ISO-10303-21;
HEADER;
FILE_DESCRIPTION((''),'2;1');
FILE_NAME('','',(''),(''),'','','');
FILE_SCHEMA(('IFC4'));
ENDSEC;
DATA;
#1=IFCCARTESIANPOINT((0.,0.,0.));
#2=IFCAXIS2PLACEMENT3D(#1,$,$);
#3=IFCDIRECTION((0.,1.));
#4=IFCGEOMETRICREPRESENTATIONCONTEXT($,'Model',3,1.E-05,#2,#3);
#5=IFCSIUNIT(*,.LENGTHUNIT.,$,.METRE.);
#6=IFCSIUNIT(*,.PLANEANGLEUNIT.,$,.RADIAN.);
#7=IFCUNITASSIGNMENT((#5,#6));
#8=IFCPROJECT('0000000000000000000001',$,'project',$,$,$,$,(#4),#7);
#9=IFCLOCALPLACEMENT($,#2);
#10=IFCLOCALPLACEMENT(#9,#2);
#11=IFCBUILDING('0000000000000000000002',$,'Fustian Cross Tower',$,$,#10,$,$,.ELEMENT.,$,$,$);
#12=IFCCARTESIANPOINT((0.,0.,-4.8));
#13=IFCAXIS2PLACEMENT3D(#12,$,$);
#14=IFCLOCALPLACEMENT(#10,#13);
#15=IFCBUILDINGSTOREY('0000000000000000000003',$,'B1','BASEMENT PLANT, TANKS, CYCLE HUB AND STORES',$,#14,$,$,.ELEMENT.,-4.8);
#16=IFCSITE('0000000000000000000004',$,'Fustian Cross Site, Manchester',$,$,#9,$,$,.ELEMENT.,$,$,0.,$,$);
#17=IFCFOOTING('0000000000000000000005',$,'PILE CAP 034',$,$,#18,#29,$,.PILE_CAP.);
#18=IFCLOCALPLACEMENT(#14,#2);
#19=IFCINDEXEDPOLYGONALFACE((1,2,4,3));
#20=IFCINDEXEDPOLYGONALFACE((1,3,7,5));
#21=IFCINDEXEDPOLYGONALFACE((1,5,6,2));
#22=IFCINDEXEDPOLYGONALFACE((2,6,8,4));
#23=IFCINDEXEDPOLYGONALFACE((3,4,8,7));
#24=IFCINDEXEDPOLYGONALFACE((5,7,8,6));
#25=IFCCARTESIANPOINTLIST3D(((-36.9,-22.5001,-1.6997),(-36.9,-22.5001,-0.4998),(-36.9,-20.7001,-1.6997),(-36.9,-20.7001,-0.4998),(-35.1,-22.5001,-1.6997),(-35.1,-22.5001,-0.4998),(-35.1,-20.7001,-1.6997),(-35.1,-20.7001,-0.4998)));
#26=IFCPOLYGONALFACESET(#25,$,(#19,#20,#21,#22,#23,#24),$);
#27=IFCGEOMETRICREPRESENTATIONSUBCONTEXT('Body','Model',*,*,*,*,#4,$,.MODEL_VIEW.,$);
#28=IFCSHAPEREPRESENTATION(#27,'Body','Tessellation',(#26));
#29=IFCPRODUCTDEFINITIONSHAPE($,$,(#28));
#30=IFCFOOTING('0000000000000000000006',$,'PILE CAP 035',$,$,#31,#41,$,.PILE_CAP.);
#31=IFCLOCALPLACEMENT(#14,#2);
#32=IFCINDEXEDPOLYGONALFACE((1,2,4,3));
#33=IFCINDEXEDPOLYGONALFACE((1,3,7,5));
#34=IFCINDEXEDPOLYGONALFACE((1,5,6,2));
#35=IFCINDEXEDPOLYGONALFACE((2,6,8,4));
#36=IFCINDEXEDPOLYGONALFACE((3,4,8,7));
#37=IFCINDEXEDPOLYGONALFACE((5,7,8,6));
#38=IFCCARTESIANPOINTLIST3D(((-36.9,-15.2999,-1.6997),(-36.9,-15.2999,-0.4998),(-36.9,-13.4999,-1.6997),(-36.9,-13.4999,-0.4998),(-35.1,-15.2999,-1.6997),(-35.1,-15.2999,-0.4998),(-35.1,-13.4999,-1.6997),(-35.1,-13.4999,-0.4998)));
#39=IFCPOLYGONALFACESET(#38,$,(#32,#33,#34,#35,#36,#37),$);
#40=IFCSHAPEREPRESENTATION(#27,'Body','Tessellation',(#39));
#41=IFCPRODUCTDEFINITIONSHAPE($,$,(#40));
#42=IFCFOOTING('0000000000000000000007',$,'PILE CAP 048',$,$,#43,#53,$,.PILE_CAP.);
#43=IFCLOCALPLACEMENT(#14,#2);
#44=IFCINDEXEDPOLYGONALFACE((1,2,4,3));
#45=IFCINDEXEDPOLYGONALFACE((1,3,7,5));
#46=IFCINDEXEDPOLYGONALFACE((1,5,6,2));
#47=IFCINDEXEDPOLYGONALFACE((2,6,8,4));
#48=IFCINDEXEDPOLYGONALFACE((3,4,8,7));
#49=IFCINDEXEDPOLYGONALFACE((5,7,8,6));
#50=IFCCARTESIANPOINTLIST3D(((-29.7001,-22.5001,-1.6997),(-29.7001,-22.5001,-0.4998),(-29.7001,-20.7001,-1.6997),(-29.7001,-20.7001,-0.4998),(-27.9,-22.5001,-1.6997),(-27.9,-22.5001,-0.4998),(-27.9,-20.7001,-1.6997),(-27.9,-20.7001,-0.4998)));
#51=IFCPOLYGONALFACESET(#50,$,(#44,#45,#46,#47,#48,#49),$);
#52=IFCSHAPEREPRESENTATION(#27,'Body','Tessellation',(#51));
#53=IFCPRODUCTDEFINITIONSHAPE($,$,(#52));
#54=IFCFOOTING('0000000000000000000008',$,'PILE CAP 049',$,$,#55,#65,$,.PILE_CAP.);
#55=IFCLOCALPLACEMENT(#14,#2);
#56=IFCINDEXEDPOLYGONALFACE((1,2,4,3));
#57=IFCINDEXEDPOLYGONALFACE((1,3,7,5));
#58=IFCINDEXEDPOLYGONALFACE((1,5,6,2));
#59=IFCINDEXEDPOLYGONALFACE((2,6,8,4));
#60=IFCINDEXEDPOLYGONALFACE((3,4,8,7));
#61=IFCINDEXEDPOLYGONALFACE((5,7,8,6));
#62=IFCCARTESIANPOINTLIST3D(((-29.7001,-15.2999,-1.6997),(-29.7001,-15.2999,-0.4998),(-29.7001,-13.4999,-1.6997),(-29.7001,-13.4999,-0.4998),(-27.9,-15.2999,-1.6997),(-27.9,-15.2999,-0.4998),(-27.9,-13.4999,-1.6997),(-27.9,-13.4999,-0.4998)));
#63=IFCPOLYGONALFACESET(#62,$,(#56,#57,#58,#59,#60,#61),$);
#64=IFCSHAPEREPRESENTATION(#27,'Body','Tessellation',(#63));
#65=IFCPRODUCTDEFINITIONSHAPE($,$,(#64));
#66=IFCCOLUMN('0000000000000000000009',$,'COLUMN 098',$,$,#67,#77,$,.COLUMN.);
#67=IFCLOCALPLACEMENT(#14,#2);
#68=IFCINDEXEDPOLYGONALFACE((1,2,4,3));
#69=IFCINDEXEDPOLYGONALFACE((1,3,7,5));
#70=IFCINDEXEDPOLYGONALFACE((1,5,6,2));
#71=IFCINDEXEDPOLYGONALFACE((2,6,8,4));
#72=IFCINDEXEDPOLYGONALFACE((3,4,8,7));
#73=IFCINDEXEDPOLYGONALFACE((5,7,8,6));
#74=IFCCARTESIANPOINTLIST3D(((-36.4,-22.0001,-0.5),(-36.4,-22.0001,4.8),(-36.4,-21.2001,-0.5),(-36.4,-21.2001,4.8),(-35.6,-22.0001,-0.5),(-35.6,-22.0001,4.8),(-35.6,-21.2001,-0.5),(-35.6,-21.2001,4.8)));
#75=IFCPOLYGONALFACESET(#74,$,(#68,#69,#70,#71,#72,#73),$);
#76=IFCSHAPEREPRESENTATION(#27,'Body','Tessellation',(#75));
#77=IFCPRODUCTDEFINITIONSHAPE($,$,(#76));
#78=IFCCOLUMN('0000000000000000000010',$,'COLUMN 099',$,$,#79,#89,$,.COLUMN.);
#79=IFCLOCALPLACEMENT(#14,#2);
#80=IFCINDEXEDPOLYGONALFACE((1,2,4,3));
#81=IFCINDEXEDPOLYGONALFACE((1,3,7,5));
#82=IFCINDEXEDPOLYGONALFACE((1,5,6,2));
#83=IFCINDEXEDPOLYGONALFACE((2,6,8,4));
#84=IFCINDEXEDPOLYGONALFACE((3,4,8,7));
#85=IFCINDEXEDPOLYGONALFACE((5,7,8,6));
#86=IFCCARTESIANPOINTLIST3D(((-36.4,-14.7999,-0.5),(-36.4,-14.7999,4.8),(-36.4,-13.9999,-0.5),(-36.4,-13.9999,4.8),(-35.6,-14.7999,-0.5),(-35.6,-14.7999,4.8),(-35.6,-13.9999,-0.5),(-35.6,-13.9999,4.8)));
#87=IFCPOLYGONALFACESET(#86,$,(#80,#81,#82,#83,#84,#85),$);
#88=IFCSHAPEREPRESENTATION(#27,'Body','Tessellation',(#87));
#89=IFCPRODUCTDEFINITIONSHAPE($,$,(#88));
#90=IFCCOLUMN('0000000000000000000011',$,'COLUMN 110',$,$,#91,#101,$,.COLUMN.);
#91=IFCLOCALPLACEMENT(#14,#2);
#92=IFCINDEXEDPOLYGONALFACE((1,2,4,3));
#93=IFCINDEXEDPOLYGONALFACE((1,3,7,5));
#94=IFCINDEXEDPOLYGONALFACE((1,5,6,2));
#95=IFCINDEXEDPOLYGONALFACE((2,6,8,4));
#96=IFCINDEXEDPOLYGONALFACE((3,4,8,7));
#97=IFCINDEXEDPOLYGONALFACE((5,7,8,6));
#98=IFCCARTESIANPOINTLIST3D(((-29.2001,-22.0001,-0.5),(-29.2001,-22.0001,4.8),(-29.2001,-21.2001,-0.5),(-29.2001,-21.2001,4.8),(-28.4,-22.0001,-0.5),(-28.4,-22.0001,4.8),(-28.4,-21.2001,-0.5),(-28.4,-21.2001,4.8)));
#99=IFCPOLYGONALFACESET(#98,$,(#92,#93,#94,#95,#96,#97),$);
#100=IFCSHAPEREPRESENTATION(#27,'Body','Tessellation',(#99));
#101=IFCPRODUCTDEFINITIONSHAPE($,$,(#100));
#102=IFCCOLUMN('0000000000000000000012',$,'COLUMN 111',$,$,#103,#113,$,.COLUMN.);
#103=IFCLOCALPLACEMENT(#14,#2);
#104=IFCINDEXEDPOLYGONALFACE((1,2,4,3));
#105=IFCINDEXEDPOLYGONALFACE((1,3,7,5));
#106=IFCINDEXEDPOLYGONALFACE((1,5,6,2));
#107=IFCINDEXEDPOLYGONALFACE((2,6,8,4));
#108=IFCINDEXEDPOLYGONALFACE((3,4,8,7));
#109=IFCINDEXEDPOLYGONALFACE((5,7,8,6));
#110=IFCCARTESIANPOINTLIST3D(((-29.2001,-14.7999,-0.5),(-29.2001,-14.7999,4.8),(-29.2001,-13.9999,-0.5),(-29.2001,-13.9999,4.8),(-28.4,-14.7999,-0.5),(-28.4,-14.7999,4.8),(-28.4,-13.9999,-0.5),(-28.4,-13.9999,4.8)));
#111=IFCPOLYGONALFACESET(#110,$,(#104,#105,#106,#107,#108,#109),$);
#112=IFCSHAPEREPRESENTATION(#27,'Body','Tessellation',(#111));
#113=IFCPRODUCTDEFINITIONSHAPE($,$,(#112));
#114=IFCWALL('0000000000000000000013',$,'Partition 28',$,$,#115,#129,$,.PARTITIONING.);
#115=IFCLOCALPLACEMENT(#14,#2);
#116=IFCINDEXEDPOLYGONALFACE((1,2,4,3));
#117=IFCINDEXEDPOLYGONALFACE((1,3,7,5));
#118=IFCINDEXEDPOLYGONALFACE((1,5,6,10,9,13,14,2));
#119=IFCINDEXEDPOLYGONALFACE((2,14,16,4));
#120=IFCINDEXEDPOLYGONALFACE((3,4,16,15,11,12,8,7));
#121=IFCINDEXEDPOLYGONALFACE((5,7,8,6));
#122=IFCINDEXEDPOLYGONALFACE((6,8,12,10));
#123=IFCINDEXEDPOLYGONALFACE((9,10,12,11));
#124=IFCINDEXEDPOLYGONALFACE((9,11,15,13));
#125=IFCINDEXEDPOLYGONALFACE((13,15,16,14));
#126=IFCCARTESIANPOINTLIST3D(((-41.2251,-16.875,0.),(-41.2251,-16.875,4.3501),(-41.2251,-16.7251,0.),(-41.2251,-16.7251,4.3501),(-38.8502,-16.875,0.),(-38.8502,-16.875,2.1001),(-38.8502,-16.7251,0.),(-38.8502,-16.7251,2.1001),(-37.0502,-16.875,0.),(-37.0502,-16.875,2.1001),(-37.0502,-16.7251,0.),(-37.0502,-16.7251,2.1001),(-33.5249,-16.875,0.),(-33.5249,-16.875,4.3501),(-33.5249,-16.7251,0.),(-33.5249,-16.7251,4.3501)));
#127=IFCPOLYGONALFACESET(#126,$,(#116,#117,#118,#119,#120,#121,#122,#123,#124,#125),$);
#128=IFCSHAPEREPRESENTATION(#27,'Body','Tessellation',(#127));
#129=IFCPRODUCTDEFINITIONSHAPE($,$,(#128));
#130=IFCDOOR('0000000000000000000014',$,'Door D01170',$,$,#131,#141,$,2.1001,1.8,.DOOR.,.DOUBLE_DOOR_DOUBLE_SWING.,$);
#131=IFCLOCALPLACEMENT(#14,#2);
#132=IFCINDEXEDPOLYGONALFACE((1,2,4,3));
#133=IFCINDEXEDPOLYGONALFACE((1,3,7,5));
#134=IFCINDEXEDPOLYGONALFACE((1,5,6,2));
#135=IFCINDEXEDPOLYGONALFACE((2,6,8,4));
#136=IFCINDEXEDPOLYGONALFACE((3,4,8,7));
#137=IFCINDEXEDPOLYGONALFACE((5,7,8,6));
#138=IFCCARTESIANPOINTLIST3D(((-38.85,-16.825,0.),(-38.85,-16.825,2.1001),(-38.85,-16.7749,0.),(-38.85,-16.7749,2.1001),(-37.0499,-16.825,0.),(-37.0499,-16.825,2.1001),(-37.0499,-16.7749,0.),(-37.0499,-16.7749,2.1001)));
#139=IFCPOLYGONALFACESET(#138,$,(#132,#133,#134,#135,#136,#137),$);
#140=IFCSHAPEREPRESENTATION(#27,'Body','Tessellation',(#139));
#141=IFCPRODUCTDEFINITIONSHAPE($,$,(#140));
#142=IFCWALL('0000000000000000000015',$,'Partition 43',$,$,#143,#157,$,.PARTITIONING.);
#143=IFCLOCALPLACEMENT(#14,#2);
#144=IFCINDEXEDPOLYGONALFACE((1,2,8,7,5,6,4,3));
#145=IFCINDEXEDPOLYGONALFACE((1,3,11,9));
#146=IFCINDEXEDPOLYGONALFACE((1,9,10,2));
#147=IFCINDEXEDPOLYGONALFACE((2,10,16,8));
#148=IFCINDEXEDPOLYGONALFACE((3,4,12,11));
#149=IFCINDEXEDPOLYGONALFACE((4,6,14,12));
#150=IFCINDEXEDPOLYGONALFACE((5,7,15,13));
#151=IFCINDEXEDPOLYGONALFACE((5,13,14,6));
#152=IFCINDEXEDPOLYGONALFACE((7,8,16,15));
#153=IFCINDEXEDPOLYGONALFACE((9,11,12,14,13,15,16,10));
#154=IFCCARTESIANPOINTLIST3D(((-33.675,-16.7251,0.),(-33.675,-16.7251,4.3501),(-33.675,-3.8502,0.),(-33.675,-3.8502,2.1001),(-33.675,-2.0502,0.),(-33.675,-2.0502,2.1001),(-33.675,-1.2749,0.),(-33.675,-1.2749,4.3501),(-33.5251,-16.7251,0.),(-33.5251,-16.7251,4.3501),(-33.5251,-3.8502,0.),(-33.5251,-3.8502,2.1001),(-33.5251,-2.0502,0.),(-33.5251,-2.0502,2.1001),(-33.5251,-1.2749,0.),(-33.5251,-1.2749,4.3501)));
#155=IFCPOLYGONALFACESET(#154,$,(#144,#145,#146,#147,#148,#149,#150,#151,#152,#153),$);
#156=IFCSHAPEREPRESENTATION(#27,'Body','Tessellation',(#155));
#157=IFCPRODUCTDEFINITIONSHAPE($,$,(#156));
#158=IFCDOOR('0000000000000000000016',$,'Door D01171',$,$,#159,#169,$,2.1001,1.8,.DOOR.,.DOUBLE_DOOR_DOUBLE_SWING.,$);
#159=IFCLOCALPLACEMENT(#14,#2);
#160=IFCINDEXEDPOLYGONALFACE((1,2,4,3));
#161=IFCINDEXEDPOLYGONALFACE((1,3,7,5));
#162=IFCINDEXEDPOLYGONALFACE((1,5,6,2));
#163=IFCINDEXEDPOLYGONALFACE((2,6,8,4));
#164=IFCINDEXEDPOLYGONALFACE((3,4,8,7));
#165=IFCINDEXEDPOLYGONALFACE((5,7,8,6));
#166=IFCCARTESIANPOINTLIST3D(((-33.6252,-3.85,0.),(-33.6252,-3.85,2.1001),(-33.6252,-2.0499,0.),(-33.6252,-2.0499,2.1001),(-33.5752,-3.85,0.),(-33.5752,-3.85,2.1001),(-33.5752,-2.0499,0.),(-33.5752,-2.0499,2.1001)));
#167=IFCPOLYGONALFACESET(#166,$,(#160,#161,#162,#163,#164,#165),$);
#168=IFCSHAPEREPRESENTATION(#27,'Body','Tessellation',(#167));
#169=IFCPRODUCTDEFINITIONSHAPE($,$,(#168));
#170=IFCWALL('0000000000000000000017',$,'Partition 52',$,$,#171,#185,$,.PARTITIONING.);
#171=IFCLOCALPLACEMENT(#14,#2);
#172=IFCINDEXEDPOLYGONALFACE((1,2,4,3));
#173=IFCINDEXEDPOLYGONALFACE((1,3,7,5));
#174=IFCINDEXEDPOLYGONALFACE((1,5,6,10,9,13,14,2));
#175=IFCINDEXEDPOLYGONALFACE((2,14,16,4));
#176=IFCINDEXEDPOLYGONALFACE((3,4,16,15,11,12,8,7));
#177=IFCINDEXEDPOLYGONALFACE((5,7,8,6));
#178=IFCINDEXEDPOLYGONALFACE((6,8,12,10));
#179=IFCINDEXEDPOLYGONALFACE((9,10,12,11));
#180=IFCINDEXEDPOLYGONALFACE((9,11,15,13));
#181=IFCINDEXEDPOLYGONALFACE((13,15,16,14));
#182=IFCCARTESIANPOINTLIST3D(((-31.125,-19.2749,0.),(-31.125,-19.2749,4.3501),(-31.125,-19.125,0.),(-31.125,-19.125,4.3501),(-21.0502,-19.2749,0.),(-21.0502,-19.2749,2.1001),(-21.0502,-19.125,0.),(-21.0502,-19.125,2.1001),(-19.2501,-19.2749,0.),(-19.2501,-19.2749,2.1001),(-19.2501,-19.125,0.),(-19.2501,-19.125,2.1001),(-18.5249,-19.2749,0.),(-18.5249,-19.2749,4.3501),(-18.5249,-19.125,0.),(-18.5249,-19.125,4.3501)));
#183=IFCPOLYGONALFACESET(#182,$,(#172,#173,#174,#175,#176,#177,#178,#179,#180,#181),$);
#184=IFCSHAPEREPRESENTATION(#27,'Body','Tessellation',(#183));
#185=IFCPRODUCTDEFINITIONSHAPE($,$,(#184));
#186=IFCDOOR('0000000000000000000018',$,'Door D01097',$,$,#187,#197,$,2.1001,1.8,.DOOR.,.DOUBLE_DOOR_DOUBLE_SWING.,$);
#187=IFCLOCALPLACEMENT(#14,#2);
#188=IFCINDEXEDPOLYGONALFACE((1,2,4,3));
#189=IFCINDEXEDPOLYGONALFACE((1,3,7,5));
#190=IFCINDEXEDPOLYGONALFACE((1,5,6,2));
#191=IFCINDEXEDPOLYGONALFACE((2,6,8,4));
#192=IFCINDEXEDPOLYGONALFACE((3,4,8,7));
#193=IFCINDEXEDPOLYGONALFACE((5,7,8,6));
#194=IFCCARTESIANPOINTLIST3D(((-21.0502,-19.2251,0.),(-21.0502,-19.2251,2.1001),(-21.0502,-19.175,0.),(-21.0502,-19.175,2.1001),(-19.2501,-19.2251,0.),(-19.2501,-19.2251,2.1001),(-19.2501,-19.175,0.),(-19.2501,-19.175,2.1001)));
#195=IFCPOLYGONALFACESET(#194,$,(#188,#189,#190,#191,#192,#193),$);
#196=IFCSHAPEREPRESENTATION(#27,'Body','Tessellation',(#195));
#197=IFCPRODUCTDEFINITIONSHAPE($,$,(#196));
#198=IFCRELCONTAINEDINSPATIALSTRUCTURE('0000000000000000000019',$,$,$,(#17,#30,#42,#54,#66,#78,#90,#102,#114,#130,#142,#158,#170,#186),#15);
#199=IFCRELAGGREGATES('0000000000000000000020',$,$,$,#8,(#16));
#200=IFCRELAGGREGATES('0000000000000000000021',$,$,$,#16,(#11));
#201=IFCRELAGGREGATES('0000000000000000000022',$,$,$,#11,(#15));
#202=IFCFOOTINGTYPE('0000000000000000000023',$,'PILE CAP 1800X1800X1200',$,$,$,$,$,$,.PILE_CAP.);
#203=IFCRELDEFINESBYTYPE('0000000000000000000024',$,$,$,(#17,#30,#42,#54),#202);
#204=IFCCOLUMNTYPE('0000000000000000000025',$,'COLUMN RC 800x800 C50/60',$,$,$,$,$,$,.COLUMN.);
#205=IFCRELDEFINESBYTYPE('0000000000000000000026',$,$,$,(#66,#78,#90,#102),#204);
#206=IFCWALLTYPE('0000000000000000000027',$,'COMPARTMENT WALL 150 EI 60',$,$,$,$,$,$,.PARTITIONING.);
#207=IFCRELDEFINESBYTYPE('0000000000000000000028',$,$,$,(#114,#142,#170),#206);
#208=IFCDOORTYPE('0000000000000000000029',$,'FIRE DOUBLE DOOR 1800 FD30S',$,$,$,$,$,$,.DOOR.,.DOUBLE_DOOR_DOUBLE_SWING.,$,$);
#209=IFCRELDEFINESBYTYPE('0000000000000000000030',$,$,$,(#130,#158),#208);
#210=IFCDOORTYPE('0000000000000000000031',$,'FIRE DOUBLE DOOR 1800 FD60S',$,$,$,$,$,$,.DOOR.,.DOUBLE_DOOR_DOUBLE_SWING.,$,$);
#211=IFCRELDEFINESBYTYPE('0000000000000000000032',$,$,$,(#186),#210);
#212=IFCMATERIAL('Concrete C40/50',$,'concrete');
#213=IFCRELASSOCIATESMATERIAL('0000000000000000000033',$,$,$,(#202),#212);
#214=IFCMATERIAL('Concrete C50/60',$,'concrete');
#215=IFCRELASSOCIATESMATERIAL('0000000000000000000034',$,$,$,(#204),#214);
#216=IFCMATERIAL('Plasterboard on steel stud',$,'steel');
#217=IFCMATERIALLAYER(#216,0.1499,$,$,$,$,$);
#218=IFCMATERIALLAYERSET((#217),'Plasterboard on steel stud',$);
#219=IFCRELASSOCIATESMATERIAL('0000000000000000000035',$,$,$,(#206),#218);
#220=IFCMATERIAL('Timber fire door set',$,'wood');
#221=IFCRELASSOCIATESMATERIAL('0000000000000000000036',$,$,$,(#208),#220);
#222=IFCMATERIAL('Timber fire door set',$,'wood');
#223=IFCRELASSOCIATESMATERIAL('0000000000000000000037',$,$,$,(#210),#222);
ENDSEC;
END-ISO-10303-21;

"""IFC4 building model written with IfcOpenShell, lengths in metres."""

from ifc_helpers import new_model, si_unit, direction, frame, frame_2d, origin, origin_2d, place, context, subcontext, project, spatial, rectangle, extrude, material, layer, layer_set, material_profile, profile_set, type_object, element, fill, save


model = new_model("IFC4")

# Units and contexts
model_context = context("Model", 3, precision=1e-05, world=origin(), true_north=direction((0.0, 1.0)))
body_context = subcontext(model_context, "Body", "Model", "MODEL_VIEW")
ifc_project = project(units=[si_unit("LENGTHUNIT", "METRE"), si_unit("PLANEANGLEUNIT", "RADIAN")], contexts=[model_context])

# Site, building, storey
site_placement = place(None, origin())
site = spatial("IfcSite", under=ifc_project, at=site_placement, Name="Fustian Cross Site, Manchester", CompositionType="ELEMENT", RefElevation=0.0)
building_placement = place(site_placement, origin())
building = spatial("IfcBuilding", under=site, at=building_placement, Name="Fustian Cross Tower", CompositionType="ELEMENT")
storey_placement = place(building_placement, frame((0.0, 0.0, -4.8)))
storey = spatial("IfcBuildingStorey", under=building, at=storey_placement, Name="B1", Description="BASEMENT PLANT, TANKS, CYCLE HUB AND STORES", CompositionType="ELEMENT", Elevation=-4.8)

# Footings
ifc_material_1 = material(Name="Concrete C40/50", Category="concrete")
footing_type = type_object("IfcFootingType", Name="PILE CAP 1800X1800X1200", PredefinedType="PILE_CAP", material=ifc_material_1)
for number, where, z_axis, x_axis, name in (
    (1, (-36.0, -21.6001, -1.6997), (0.0, 0.0, 1.0), (1.0, 0.0, 0.0), "PILE CAP 034"),
    (2, (-36.0, -14.3999, -1.6997), (0.0, 0.0, 1.0), (1.0, 0.0, 0.0), "PILE CAP 035"),
    (3, (-28.8, -21.6001, -1.6997), (0.0, 0.0, 1.0), (1.0, 0.0, 0.0), "PILE CAP 048"),
    (4, (-28.8, -14.3999, -1.6997), (0.0, 0.0, 1.0), (1.0, 0.0, 0.0), "PILE CAP 049"),
):
    element("IfcFooting", number, at=place(storey_placement, frame(where, z_axis=z_axis, x_axis=x_axis)), inside=storey, type_object=footing_type, Name=name, PredefinedType="PILE_CAP", context=body_context, shape_type="SweptSolid", body=[
        extrude(rectangle(XDim=1.8, YDim=1.8, at=origin_2d()), origin(), (0.0, 0.0, 1.0), 1.2),
    ])

# Columns
ifc_material_2 = material(Name="Concrete C50/60", Category="concrete")
ifc_material_profile_1 = material_profile(ifc_material_2, rectangle(XDim=0.8, YDim=0.8, at=origin_2d()), Name="RC 800x800")
ifc_profile_set_1 = profile_set([ifc_material_profile_1], Name="Concrete C50/60")
column_type = type_object("IfcColumnType", Name="COLUMN RC 800x800 C50/60", PredefinedType="COLUMN", material=ifc_profile_set_1)
for number, where, z_axis, x_axis, name in (
    (5, (-36.0, -21.6001, -0.5), (0.0, 0.0, 1.0), (1.0, 0.0, 0.0), "COLUMN 098"),
    (6, (-36.0, -14.3999, -0.5), (0.0, 0.0, 1.0), (1.0, 0.0, 0.0), "COLUMN 099"),
    (7, (-28.8, -21.6001, -0.5), (0.0, 0.0, 1.0), (1.0, 0.0, 0.0), "COLUMN 110"),
    (8, (-28.8, -14.3999, -0.5), (0.0, 0.0, 1.0), (1.0, 0.0, 0.0), "COLUMN 111"),
):
    element("IfcColumn", number, at=place(storey_placement, frame(where, z_axis=z_axis, x_axis=x_axis)), inside=storey, type_object=column_type, Name=name, PredefinedType="COLUMN", context=body_context, shape_type="SweptSolid", body=[
        extrude(rectangle(XDim=0.8, YDim=0.8, at=origin_2d()), origin(), (0.0, 0.0, 1.0), 5.3),
    ])

# Walls, openings, doors
ifc_material_3 = material(Name="Plasterboard on steel stud", Category="steel")
ifc_layer = layer(ifc_material_3, 0.1499)
ifc_layer_set = layer_set([ifc_layer], Name="Plasterboard on steel stud")
wall_type = type_object("IfcWallType", Name="COMPARTMENT WALL 150 EI 60", PredefinedType="PARTITIONING", material=ifc_layer_set)
wall_1_placement = place(storey_placement, frame((-41.2251, -16.8, 0.0), z_axis=(0.0, 0.0, 1.0), x_axis=(1.0, 0.0, 0.0)))
wall_1 = element("IfcWall", 9, at=wall_1_placement, inside=storey, type_object=wall_type, Name="Partition 28", PredefinedType="PARTITIONING", context=body_context, shape_type="SweptSolid", body=[
    extrude(rectangle(XDim=7.7002, YDim=0.1499, at=frame_2d((3.8501, 0.0))), origin(), (0.0, 0.0, 1.0), 4.3501),
])
opening_1_placement = place(wall_1_placement, frame((2.375, 0.0, 0.0)))
opening_1 = element("IfcOpeningElement", 10, at=opening_1_placement, cuts=wall_1, PredefinedType="OPENING", context=body_context, shape_type="SweptSolid", body=[
    extrude(rectangle(XDim=1.8, YDim=2.1001, at=frame_2d((0.8999, 1.05))), frame((0.0, 0.085, 0.0), z_axis=(0.0, -1.0, 0.0), x_axis=(1.0, 0.0, 0.0)), (0.0, 0.0, 1.0), 0.1699),
])
ifc_material_4 = material(Name="Timber fire door set", Category="wood")
door_type_1 = type_object("IfcDoorType", Name="FIRE DOUBLE DOOR 1800 FD30S", OperationType="DOUBLE_DOOR_DOUBLE_SWING", PredefinedType="DOOR", material=ifc_material_4)
door_1_placement = place(opening_1_placement, frame((1.8, 0.0, 0.0), z_axis=(0.0, 0.0, 1.0), x_axis=(-1.0, 0.0, 0.0)))
door_1 = element("IfcDoor", 11, at=door_1_placement, inside=storey, type_object=door_type_1, Name="Door D01170", OperationType="DOUBLE_DOOR_DOUBLE_SWING", OverallHeight=2.1001, OverallWidth=1.8, PredefinedType="DOOR", context=body_context, shape_type="SweptSolid", body=[
    extrude(rectangle(XDim=1.8, YDim=2.1001, at=frame_2d((0.8999, 1.05))), frame((0.0, 0.0249, 0.0), z_axis=(0.0, -1.0, 0.0), x_axis=(1.0, 0.0, 0.0)), (0.0, 0.0, 1.0), 0.05),
])
fill(opening_1, door_1)
wall_2_placement = place(storey_placement, frame((-33.6001, -16.7251, 0.0), z_axis=(0.0, 0.0, 1.0), x_axis=(0.0, 1.0, 0.0)))
wall_2 = element("IfcWall", 12, at=wall_2_placement, inside=storey, type_object=wall_type, Name="Partition 43", PredefinedType="PARTITIONING", context=body_context, shape_type="SweptSolid", body=[
    extrude(rectangle(XDim=15.4502, YDim=0.1499, at=frame_2d((7.7251, 0.0))), origin(), (0.0, 0.0, 1.0), 4.3501),
])
opening_2_placement = place(wall_2_placement, frame((12.875, 0.0, 0.0)))
opening_2 = element("IfcOpeningElement", 13, at=opening_2_placement, cuts=wall_2, PredefinedType="OPENING", context=body_context, shape_type="SweptSolid", body=[
    extrude(rectangle(XDim=1.8, YDim=2.1001, at=frame_2d((0.8999, 1.05))), frame((0.0, 0.085, 0.0), z_axis=(0.0, -1.0, 0.0), x_axis=(1.0, 0.0, 0.0)), (0.0, 0.0, 1.0), 0.1699),
])
door_2_placement = place(opening_2_placement, frame((1.8, 0.0, 0.0), z_axis=(0.0, 0.0, 1.0), x_axis=(-1.0, 0.0, 0.0)))
door_2 = element("IfcDoor", 14, at=door_2_placement, inside=storey, type_object=door_type_1, Name="Door D01171", OperationType="DOUBLE_DOOR_DOUBLE_SWING", OverallHeight=2.1001, OverallWidth=1.8, PredefinedType="DOOR", context=body_context, shape_type="SweptSolid", body=[
    extrude(rectangle(XDim=1.8, YDim=2.1001, at=frame_2d((0.8999, 1.05))), frame((0.0, 0.0249, 0.0), z_axis=(0.0, -1.0, 0.0), x_axis=(1.0, 0.0, 0.0)), (0.0, 0.0, 1.0), 0.05),
])
fill(opening_2, door_2)
wall_3_placement = place(storey_placement, frame((-31.125, -19.2, 0.0), z_axis=(0.0, 0.0, 1.0), x_axis=(1.0, 0.0, 0.0)))
wall_3 = element("IfcWall", 15, at=wall_3_placement, inside=storey, type_object=wall_type, Name="Partition 52", PredefinedType="PARTITIONING", context=body_context, shape_type="SweptSolid", body=[
    extrude(rectangle(XDim=12.6001, YDim=0.1499, at=frame_2d((6.3, 0.0))), origin(), (0.0, 0.0, 1.0), 4.3501),
])
opening_3_placement = place(wall_3_placement, frame((10.075, 0.0, 0.0)))
opening_3 = element("IfcOpeningElement", 16, at=opening_3_placement, cuts=wall_3, PredefinedType="OPENING", context=body_context, shape_type="SweptSolid", body=[
    extrude(rectangle(XDim=1.8, YDim=2.1001, at=frame_2d((0.8999, 1.05))), frame((0.0, 0.085, 0.0), z_axis=(0.0, -1.0, 0.0), x_axis=(1.0, 0.0, 0.0)), (0.0, 0.0, 1.0), 0.1699),
])
ifc_material_5 = material(Name="Timber fire door set", Category="wood")
door_type_2 = type_object("IfcDoorType", Name="FIRE DOUBLE DOOR 1800 FD60S", OperationType="DOUBLE_DOOR_DOUBLE_SWING", PredefinedType="DOOR", material=ifc_material_5)
door_3_placement = place(opening_3_placement, origin())
door_3 = element("IfcDoor", 17, at=door_3_placement, inside=storey, type_object=door_type_2, Name="Door D01097", OperationType="DOUBLE_DOOR_DOUBLE_SWING", OverallHeight=2.1001, OverallWidth=1.8, PredefinedType="DOOR", context=body_context, shape_type="SweptSolid", body=[
    extrude(rectangle(XDim=1.8, YDim=2.1001, at=frame_2d((0.8999, 1.05))), frame((0.0, 0.0249, 0.0), z_axis=(0.0, -1.0, 0.0), x_axis=(1.0, 0.0, 0.0)), (0.0, 0.0, 1.0), 0.05),
])
fill(opening_3, door_3)

save(model, "model.ifc")
